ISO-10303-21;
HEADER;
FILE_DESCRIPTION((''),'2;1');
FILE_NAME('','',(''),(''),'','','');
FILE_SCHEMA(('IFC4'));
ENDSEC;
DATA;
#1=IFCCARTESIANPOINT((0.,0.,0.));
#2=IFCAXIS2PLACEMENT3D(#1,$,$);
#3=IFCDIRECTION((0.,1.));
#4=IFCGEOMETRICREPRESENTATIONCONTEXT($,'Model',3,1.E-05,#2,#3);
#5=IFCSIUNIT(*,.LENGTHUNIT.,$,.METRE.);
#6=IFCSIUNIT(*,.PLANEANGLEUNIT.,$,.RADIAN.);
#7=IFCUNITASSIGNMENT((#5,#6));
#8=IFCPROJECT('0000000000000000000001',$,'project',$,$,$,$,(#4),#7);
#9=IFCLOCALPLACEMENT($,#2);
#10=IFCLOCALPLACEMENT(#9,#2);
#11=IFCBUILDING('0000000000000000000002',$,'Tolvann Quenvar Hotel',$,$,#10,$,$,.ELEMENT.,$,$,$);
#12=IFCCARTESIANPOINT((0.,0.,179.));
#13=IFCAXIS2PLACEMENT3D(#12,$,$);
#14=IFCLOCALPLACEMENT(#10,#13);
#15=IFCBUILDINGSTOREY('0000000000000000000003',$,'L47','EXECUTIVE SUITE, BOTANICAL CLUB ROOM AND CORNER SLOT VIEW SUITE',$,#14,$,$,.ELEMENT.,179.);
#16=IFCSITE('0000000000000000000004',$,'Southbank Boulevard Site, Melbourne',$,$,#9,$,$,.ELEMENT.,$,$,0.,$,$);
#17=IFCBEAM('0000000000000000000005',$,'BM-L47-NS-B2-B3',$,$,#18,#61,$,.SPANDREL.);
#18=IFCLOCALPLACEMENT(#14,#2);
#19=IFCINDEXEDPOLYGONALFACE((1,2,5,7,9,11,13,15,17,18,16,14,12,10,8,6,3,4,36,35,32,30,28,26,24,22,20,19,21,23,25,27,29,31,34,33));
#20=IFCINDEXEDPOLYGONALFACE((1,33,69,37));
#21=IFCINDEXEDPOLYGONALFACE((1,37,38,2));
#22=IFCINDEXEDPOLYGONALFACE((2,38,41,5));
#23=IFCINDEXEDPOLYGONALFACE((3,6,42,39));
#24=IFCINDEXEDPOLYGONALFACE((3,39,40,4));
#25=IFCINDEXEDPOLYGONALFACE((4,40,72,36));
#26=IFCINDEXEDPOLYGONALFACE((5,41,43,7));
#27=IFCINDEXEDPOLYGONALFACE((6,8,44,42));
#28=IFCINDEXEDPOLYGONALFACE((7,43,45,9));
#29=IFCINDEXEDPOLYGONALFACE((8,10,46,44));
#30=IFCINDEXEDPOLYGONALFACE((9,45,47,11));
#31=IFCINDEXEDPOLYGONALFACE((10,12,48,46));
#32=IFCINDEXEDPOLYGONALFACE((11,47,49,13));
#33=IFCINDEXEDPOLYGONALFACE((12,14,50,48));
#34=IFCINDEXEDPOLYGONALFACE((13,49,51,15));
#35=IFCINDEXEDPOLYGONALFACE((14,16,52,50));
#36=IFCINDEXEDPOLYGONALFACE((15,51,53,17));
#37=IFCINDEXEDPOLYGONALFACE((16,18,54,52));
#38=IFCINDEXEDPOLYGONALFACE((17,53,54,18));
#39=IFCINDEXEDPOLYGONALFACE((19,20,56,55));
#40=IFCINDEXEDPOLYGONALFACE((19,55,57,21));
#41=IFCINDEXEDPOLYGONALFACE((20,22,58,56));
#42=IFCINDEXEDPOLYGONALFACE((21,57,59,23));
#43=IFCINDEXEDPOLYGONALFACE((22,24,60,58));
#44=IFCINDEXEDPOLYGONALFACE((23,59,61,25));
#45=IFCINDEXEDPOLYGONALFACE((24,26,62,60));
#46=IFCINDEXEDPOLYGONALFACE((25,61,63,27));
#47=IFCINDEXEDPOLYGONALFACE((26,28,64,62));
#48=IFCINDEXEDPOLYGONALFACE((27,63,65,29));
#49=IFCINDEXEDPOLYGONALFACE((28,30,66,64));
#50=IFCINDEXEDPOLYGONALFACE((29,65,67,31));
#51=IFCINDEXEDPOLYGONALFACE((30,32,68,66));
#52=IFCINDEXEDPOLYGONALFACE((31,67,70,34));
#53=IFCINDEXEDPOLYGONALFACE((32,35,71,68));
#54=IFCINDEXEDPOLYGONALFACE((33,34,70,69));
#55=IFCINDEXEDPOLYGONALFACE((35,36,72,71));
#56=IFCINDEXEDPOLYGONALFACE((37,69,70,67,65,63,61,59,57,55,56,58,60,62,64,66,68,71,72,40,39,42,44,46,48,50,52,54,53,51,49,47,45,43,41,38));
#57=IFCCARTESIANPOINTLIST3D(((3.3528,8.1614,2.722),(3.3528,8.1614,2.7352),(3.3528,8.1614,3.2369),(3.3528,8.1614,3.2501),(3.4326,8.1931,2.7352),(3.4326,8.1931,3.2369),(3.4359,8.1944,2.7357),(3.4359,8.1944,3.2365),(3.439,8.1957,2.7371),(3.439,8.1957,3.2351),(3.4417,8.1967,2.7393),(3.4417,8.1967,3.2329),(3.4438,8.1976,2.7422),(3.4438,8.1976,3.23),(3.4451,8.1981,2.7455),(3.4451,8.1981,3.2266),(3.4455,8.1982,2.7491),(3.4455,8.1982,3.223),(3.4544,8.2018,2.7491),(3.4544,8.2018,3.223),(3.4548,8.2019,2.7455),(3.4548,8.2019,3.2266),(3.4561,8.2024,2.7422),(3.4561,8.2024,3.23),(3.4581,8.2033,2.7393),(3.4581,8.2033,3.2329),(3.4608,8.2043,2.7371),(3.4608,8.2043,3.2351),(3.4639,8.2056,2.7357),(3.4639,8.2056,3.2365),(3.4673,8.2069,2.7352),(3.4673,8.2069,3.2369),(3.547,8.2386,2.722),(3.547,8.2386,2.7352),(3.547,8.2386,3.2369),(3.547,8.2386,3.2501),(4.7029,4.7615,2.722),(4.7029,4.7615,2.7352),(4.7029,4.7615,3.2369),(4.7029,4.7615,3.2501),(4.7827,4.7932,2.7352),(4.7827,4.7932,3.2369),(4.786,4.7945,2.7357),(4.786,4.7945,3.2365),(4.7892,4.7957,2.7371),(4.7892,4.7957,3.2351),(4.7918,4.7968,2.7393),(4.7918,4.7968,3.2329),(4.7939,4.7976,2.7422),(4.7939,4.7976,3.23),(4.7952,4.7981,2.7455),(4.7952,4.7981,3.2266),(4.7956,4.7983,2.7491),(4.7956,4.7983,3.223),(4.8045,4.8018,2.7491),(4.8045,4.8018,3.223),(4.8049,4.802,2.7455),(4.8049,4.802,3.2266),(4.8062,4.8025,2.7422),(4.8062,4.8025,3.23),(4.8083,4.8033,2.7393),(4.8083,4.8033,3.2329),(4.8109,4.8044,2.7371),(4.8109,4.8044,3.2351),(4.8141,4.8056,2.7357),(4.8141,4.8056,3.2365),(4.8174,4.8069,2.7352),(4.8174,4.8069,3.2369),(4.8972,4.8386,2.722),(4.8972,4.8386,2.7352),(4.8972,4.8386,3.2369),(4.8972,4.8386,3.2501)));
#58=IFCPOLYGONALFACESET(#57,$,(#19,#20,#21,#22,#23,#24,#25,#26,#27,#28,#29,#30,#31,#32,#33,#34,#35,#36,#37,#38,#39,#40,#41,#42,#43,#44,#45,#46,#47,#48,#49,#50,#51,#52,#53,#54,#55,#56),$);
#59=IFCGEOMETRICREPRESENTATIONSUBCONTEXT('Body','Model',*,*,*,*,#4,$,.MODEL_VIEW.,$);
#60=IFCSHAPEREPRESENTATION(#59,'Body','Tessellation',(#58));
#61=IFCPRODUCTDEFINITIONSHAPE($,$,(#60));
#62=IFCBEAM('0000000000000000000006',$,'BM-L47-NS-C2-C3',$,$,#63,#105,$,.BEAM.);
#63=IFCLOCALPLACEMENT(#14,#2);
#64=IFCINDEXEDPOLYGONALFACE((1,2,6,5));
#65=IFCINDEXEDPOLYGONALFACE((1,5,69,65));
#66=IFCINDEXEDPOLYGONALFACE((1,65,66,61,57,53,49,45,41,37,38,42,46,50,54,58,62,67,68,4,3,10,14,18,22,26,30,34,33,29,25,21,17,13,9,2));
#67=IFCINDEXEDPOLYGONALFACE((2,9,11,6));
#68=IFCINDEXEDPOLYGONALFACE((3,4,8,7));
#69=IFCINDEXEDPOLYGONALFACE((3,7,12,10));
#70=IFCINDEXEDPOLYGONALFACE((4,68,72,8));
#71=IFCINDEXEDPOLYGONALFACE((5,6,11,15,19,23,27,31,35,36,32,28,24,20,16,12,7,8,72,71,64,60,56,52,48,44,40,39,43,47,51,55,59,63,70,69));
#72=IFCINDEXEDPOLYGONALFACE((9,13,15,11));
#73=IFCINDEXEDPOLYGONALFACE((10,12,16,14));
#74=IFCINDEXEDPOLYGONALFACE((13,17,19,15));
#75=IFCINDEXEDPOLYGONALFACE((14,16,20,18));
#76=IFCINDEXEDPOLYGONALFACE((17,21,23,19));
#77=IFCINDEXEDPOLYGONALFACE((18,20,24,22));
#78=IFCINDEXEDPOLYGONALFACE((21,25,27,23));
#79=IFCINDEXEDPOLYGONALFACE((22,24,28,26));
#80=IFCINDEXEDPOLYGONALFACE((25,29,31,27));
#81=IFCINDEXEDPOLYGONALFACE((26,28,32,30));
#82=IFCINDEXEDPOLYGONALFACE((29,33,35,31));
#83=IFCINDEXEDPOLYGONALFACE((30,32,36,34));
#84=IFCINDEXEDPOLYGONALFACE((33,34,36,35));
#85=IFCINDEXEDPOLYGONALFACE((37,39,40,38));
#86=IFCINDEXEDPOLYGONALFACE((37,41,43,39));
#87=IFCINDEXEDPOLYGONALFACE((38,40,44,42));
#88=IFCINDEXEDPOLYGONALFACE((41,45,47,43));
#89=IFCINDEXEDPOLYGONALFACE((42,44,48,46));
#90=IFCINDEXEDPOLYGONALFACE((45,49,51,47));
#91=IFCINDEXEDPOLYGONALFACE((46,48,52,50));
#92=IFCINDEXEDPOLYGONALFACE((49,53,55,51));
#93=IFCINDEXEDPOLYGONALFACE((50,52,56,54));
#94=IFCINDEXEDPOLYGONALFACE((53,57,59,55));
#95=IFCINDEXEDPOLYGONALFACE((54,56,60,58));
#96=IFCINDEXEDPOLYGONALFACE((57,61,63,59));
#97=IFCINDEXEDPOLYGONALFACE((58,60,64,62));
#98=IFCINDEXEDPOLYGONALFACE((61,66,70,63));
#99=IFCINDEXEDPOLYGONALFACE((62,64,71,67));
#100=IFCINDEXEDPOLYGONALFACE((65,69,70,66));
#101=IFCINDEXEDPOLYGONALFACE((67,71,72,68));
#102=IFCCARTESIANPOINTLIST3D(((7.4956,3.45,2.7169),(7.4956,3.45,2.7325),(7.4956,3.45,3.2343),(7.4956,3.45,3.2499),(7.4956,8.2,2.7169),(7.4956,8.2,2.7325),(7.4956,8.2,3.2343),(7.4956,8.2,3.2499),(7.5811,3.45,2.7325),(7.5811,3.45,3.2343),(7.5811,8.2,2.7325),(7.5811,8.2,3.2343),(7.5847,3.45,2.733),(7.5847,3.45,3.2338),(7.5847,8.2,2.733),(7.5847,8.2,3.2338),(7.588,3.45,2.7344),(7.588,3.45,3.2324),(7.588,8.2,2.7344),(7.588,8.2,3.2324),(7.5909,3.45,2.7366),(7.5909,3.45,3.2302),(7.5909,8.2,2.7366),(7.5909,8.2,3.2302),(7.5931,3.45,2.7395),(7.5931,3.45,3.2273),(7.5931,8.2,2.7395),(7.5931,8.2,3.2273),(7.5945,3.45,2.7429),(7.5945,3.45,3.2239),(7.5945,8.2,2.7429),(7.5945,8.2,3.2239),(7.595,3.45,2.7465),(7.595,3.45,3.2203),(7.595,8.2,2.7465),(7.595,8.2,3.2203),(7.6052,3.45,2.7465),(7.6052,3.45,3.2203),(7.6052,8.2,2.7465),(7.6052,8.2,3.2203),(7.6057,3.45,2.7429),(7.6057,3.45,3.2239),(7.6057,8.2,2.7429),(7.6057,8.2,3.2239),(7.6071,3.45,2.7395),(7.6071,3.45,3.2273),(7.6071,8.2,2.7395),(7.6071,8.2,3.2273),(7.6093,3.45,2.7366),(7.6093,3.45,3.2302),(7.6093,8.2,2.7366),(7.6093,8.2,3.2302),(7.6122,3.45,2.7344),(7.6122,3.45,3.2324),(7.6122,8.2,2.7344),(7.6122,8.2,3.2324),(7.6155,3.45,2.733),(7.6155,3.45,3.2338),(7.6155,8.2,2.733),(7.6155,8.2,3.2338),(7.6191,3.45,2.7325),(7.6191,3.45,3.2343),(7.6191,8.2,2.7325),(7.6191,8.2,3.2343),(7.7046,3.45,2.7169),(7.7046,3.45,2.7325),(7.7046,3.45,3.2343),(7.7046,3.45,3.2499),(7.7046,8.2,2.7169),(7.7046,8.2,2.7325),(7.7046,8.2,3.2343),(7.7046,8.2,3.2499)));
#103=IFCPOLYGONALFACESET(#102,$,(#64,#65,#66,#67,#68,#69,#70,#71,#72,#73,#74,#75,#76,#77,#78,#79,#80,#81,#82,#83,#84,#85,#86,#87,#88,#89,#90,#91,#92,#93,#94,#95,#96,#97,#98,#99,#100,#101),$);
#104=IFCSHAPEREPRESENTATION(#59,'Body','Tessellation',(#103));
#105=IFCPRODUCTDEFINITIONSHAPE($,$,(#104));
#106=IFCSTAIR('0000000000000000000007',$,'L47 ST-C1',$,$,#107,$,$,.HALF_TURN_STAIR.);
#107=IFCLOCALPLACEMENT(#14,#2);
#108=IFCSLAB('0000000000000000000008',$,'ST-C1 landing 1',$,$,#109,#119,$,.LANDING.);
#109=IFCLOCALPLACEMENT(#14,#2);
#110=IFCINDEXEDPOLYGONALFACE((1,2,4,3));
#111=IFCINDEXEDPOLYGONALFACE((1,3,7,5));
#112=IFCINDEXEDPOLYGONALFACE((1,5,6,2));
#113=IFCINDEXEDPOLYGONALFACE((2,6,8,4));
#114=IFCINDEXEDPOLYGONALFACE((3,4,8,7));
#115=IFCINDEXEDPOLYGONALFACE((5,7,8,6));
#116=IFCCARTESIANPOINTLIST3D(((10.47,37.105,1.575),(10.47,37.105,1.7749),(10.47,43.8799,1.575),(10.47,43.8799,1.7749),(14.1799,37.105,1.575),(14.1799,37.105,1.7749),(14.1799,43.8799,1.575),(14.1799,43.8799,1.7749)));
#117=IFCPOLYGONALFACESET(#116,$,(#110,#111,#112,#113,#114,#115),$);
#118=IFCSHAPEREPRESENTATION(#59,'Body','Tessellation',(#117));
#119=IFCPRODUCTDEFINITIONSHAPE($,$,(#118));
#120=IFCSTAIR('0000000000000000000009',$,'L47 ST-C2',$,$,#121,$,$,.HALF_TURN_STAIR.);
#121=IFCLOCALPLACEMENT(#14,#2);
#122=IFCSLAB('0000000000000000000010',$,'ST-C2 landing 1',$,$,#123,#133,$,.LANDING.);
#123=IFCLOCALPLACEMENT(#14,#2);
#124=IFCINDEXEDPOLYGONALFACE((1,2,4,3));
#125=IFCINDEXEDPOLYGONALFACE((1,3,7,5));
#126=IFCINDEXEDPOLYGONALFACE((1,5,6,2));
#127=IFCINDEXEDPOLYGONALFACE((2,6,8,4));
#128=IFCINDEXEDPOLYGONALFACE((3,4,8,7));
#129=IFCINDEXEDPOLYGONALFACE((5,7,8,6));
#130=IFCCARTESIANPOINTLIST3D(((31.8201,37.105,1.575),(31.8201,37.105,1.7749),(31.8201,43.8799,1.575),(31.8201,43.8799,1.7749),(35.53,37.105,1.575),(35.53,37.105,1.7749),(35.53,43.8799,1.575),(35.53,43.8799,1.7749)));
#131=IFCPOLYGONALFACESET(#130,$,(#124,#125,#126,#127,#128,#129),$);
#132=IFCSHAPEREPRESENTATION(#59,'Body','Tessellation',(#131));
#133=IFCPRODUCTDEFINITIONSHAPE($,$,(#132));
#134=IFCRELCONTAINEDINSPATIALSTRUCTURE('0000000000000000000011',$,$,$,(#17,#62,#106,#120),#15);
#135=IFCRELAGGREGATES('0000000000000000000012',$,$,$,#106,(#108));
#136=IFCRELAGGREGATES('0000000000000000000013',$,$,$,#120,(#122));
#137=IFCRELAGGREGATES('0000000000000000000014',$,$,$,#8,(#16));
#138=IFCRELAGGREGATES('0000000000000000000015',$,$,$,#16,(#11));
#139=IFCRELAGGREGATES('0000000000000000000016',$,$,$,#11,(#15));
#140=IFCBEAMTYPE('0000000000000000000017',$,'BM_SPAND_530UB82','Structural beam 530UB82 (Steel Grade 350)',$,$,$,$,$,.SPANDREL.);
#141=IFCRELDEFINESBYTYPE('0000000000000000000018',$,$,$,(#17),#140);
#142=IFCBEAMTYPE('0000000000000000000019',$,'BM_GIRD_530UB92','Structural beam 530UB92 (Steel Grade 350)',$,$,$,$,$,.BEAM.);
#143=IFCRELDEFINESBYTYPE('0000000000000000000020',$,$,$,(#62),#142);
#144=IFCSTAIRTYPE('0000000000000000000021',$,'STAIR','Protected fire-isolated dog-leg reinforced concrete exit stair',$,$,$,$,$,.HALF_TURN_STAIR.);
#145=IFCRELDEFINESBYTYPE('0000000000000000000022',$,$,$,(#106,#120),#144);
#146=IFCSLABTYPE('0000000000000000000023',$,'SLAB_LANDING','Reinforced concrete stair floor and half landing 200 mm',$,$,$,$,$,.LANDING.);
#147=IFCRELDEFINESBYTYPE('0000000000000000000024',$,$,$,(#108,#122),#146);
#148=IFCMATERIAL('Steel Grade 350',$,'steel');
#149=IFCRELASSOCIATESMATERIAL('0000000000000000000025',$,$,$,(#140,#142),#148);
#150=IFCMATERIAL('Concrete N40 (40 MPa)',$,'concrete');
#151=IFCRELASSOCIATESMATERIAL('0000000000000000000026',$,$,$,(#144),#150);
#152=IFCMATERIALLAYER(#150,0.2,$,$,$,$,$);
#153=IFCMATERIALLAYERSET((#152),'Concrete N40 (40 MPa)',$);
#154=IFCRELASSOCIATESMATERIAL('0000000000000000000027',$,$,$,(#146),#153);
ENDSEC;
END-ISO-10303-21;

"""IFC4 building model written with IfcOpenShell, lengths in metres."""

from ifc_helpers import new_model, si_unit, direction, frame, origin, origin_2d, place, context, subcontext, project, spatial, polyline, i_section, outline, extrude, source, transform, mapped, material, layer, layer_set, material_profile, profile_set, type_object, type_shapes, element, aggregate, save


model = new_model("IFC4")

# Units and contexts
model_context = context("Model", 3, precision=1e-05, world=origin(), true_north=direction((0.0, 1.0)))
body_context = subcontext(model_context, "Body", "Model", "MODEL_VIEW")
ifc_project = project(units=[si_unit("LENGTHUNIT", "METRE"), si_unit("PLANEANGLEUNIT", "RADIAN")], contexts=[model_context])

# Site, building, storey
site_placement = place(None, origin())
site = spatial("IfcSite", under=ifc_project, at=site_placement, Name="Southbank Boulevard Site, Melbourne", CompositionType="ELEMENT", RefElevation=0.0)
building_placement = place(site_placement, origin())
building = spatial("IfcBuilding", under=site, at=building_placement, Name="Tolvann Quenvar Hotel", CompositionType="ELEMENT")
storey_placement = place(building_placement, frame((0.0, 0.0, 179.0)))
storey = spatial("IfcBuildingStorey", under=building, at=storey_placement, Name="L47", Description="EXECUTIVE SUITE, BOTANICAL CLUB ROOM AND CORNER SLOT VIEW SUITE", CompositionType="ELEMENT", Elevation=179.0)

# Beams
ifc_material_1 = material(Name="Steel Grade 350", Category="steel")
ifc_material_profile_1 = material_profile(ifc_material_1, i_section(OverallWidth=0.209, OverallDepth=0.5281, WebThickness=0.0095, FlangeThickness=0.0132, FilletRadius=0.0139, at=origin_2d()), Name="530UB82")
ifc_profile_set_1 = profile_set([ifc_material_profile_1], Name="Steel Grade 350")
beam_type_1 = type_object("IfcBeamType", Name="BM_SPAND_530UB82", Description="Structural beam 530UB82 (Steel Grade 350)", PredefinedType="SPANDREL", material=ifc_profile_set_1)
shared_shape_1 = source(origin(), body_context, "Body", "SweptSolid", [
    extrude(i_section(OverallWidth=0.209, OverallDepth=0.5281, WebThickness=0.0095, FlangeThickness=0.0132, FilletRadius=0.0139, at=origin_2d()), origin(), (0.0, 0.0, 1.0), 3.6582),
])
beam_1_placement = place(storey_placement, frame((4.8, 4.8, 2.9861), z_axis=(-0.369065, 0.929404, 0.0), x_axis=(-0.929404, -0.369065, 0.0)))
element("IfcBeam", 1, at=beam_1_placement, inside=storey, type_object=beam_type_1, Name="BM-L47-NS-B2-B3", PredefinedType="SPANDREL", context=body_context, shape_type="MappedRepresentation", body=[
    mapped(shared_shape_1, transform((0.0, 0.0, 0.0), x_axis=(1.0, 0.0, 0.0), y_axis=(0.0, 1.0, 0.0), z_axis=(0.0, 0.0, 1.0), scale=1.0)),
])
ifc_material_profile_2 = material_profile(ifc_material_1, i_section(OverallWidth=0.209, OverallDepth=0.533, WebThickness=0.0103, FlangeThickness=0.0156, FilletRadius=0.0139, at=origin_2d()), Name="530UB92")
ifc_profile_set_2 = profile_set([ifc_material_profile_2], Name="Steel Grade 350")
beam_type_2 = type_object("IfcBeamType", Name="BM_GIRD_530UB92", Description="Structural beam 530UB92 (Steel Grade 350)", PredefinedType="BEAM", material=ifc_profile_set_2)
shared_shape_2 = source(origin(), body_context, "Body", "SweptSolid", [
    extrude(i_section(OverallWidth=0.209, OverallDepth=0.533, WebThickness=0.0103, FlangeThickness=0.0156, FilletRadius=0.0139, at=origin_2d()), origin(), (0.0, 0.0, 1.0), 4.75),
])
type_shapes(beam_type_2, [shared_shape_2])
beam_2_placement = place(storey_placement, frame((7.6001, 3.45, 2.9834), z_axis=(0.0, 1.0, 0.0), x_axis=(-1.0, 0.0, 0.0)))
element("IfcBeam", 2, at=beam_2_placement, inside=storey, type_object=beam_type_2, Name="BM-L47-NS-C2-C3", PredefinedType="BEAM", context=body_context, shape_type="MappedRepresentation", body=[
    mapped(shared_shape_2, transform((0.0, 0.0, 0.0), x_axis=(1.0, 0.0, 0.0), y_axis=(0.0, 1.0, 0.0), z_axis=(0.0, 0.0, 1.0), scale=1.0)),
])

# Stairs, slabs
ifc_material_2 = material(Name="Concrete N40 (40 MPa)", Category="concrete")
stair_type = type_object("IfcStairType", Name="STAIR", Description="Protected fire-isolated dog-leg reinforced concrete exit stair", PredefinedType="HALF_TURN_STAIR", material=ifc_material_2)
stair_1_placement = place(storey_placement, origin())
stair_1 = element("IfcStair", 3, at=stair_1_placement, inside=storey, type_object=stair_type, Name="L47 ST-C1", PredefinedType="HALF_TURN_STAIR")
ifc_layer_1 = layer(ifc_material_2, 0.2)
ifc_layer_set_1 = layer_set([ifc_layer_1], Name="Concrete N40 (40 MPa)")
slab_type_1 = type_object("IfcSlabType", Name="SLAB_LANDING", Description="Reinforced concrete stair floor and half landing 200 mm", PredefinedType="LANDING", material=ifc_layer_set_1)
slab_1_placement = place(storey_placement, frame((0.0, 0.0, 1.575)))
slab_1 = element("IfcSlab", 4, at=slab_1_placement, type_object=slab_type_1, Name="ST-C1 landing 1", PredefinedType="LANDING", context=body_context, shape_type="SweptSolid", body=[
    extrude(outline(polyline([(14.1799, 37.105), (14.1799, 43.8799), (10.47, 43.8799), (10.47, 37.105), (14.1799, 37.105)])), origin(), (0.0, 0.0, 1.0), 0.2),
])
aggregate(stair_1, [slab_1])
stair_2_placement = place(storey_placement, origin())
stair_2 = element("IfcStair", 5, at=stair_2_placement, inside=storey, type_object=stair_type, Name="L47 ST-C2", PredefinedType="HALF_TURN_STAIR")
slab_2_placement = place(storey_placement, frame((0.0, 0.0, 1.575)))
slab_2 = element("IfcSlab", 6, at=slab_2_placement, type_object=slab_type_1, Name="ST-C2 landing 1", PredefinedType="LANDING", context=body_context, shape_type="SweptSolid", body=[
    extrude(outline(polyline([(35.53, 37.105), (35.53, 43.8799), (31.8201, 43.8799), (31.8201, 37.105), (35.53, 37.105)])), origin(), (0.0, 0.0, 1.0), 0.2),
])
aggregate(stair_2, [slab_2])

save(model, "model.ifc")
